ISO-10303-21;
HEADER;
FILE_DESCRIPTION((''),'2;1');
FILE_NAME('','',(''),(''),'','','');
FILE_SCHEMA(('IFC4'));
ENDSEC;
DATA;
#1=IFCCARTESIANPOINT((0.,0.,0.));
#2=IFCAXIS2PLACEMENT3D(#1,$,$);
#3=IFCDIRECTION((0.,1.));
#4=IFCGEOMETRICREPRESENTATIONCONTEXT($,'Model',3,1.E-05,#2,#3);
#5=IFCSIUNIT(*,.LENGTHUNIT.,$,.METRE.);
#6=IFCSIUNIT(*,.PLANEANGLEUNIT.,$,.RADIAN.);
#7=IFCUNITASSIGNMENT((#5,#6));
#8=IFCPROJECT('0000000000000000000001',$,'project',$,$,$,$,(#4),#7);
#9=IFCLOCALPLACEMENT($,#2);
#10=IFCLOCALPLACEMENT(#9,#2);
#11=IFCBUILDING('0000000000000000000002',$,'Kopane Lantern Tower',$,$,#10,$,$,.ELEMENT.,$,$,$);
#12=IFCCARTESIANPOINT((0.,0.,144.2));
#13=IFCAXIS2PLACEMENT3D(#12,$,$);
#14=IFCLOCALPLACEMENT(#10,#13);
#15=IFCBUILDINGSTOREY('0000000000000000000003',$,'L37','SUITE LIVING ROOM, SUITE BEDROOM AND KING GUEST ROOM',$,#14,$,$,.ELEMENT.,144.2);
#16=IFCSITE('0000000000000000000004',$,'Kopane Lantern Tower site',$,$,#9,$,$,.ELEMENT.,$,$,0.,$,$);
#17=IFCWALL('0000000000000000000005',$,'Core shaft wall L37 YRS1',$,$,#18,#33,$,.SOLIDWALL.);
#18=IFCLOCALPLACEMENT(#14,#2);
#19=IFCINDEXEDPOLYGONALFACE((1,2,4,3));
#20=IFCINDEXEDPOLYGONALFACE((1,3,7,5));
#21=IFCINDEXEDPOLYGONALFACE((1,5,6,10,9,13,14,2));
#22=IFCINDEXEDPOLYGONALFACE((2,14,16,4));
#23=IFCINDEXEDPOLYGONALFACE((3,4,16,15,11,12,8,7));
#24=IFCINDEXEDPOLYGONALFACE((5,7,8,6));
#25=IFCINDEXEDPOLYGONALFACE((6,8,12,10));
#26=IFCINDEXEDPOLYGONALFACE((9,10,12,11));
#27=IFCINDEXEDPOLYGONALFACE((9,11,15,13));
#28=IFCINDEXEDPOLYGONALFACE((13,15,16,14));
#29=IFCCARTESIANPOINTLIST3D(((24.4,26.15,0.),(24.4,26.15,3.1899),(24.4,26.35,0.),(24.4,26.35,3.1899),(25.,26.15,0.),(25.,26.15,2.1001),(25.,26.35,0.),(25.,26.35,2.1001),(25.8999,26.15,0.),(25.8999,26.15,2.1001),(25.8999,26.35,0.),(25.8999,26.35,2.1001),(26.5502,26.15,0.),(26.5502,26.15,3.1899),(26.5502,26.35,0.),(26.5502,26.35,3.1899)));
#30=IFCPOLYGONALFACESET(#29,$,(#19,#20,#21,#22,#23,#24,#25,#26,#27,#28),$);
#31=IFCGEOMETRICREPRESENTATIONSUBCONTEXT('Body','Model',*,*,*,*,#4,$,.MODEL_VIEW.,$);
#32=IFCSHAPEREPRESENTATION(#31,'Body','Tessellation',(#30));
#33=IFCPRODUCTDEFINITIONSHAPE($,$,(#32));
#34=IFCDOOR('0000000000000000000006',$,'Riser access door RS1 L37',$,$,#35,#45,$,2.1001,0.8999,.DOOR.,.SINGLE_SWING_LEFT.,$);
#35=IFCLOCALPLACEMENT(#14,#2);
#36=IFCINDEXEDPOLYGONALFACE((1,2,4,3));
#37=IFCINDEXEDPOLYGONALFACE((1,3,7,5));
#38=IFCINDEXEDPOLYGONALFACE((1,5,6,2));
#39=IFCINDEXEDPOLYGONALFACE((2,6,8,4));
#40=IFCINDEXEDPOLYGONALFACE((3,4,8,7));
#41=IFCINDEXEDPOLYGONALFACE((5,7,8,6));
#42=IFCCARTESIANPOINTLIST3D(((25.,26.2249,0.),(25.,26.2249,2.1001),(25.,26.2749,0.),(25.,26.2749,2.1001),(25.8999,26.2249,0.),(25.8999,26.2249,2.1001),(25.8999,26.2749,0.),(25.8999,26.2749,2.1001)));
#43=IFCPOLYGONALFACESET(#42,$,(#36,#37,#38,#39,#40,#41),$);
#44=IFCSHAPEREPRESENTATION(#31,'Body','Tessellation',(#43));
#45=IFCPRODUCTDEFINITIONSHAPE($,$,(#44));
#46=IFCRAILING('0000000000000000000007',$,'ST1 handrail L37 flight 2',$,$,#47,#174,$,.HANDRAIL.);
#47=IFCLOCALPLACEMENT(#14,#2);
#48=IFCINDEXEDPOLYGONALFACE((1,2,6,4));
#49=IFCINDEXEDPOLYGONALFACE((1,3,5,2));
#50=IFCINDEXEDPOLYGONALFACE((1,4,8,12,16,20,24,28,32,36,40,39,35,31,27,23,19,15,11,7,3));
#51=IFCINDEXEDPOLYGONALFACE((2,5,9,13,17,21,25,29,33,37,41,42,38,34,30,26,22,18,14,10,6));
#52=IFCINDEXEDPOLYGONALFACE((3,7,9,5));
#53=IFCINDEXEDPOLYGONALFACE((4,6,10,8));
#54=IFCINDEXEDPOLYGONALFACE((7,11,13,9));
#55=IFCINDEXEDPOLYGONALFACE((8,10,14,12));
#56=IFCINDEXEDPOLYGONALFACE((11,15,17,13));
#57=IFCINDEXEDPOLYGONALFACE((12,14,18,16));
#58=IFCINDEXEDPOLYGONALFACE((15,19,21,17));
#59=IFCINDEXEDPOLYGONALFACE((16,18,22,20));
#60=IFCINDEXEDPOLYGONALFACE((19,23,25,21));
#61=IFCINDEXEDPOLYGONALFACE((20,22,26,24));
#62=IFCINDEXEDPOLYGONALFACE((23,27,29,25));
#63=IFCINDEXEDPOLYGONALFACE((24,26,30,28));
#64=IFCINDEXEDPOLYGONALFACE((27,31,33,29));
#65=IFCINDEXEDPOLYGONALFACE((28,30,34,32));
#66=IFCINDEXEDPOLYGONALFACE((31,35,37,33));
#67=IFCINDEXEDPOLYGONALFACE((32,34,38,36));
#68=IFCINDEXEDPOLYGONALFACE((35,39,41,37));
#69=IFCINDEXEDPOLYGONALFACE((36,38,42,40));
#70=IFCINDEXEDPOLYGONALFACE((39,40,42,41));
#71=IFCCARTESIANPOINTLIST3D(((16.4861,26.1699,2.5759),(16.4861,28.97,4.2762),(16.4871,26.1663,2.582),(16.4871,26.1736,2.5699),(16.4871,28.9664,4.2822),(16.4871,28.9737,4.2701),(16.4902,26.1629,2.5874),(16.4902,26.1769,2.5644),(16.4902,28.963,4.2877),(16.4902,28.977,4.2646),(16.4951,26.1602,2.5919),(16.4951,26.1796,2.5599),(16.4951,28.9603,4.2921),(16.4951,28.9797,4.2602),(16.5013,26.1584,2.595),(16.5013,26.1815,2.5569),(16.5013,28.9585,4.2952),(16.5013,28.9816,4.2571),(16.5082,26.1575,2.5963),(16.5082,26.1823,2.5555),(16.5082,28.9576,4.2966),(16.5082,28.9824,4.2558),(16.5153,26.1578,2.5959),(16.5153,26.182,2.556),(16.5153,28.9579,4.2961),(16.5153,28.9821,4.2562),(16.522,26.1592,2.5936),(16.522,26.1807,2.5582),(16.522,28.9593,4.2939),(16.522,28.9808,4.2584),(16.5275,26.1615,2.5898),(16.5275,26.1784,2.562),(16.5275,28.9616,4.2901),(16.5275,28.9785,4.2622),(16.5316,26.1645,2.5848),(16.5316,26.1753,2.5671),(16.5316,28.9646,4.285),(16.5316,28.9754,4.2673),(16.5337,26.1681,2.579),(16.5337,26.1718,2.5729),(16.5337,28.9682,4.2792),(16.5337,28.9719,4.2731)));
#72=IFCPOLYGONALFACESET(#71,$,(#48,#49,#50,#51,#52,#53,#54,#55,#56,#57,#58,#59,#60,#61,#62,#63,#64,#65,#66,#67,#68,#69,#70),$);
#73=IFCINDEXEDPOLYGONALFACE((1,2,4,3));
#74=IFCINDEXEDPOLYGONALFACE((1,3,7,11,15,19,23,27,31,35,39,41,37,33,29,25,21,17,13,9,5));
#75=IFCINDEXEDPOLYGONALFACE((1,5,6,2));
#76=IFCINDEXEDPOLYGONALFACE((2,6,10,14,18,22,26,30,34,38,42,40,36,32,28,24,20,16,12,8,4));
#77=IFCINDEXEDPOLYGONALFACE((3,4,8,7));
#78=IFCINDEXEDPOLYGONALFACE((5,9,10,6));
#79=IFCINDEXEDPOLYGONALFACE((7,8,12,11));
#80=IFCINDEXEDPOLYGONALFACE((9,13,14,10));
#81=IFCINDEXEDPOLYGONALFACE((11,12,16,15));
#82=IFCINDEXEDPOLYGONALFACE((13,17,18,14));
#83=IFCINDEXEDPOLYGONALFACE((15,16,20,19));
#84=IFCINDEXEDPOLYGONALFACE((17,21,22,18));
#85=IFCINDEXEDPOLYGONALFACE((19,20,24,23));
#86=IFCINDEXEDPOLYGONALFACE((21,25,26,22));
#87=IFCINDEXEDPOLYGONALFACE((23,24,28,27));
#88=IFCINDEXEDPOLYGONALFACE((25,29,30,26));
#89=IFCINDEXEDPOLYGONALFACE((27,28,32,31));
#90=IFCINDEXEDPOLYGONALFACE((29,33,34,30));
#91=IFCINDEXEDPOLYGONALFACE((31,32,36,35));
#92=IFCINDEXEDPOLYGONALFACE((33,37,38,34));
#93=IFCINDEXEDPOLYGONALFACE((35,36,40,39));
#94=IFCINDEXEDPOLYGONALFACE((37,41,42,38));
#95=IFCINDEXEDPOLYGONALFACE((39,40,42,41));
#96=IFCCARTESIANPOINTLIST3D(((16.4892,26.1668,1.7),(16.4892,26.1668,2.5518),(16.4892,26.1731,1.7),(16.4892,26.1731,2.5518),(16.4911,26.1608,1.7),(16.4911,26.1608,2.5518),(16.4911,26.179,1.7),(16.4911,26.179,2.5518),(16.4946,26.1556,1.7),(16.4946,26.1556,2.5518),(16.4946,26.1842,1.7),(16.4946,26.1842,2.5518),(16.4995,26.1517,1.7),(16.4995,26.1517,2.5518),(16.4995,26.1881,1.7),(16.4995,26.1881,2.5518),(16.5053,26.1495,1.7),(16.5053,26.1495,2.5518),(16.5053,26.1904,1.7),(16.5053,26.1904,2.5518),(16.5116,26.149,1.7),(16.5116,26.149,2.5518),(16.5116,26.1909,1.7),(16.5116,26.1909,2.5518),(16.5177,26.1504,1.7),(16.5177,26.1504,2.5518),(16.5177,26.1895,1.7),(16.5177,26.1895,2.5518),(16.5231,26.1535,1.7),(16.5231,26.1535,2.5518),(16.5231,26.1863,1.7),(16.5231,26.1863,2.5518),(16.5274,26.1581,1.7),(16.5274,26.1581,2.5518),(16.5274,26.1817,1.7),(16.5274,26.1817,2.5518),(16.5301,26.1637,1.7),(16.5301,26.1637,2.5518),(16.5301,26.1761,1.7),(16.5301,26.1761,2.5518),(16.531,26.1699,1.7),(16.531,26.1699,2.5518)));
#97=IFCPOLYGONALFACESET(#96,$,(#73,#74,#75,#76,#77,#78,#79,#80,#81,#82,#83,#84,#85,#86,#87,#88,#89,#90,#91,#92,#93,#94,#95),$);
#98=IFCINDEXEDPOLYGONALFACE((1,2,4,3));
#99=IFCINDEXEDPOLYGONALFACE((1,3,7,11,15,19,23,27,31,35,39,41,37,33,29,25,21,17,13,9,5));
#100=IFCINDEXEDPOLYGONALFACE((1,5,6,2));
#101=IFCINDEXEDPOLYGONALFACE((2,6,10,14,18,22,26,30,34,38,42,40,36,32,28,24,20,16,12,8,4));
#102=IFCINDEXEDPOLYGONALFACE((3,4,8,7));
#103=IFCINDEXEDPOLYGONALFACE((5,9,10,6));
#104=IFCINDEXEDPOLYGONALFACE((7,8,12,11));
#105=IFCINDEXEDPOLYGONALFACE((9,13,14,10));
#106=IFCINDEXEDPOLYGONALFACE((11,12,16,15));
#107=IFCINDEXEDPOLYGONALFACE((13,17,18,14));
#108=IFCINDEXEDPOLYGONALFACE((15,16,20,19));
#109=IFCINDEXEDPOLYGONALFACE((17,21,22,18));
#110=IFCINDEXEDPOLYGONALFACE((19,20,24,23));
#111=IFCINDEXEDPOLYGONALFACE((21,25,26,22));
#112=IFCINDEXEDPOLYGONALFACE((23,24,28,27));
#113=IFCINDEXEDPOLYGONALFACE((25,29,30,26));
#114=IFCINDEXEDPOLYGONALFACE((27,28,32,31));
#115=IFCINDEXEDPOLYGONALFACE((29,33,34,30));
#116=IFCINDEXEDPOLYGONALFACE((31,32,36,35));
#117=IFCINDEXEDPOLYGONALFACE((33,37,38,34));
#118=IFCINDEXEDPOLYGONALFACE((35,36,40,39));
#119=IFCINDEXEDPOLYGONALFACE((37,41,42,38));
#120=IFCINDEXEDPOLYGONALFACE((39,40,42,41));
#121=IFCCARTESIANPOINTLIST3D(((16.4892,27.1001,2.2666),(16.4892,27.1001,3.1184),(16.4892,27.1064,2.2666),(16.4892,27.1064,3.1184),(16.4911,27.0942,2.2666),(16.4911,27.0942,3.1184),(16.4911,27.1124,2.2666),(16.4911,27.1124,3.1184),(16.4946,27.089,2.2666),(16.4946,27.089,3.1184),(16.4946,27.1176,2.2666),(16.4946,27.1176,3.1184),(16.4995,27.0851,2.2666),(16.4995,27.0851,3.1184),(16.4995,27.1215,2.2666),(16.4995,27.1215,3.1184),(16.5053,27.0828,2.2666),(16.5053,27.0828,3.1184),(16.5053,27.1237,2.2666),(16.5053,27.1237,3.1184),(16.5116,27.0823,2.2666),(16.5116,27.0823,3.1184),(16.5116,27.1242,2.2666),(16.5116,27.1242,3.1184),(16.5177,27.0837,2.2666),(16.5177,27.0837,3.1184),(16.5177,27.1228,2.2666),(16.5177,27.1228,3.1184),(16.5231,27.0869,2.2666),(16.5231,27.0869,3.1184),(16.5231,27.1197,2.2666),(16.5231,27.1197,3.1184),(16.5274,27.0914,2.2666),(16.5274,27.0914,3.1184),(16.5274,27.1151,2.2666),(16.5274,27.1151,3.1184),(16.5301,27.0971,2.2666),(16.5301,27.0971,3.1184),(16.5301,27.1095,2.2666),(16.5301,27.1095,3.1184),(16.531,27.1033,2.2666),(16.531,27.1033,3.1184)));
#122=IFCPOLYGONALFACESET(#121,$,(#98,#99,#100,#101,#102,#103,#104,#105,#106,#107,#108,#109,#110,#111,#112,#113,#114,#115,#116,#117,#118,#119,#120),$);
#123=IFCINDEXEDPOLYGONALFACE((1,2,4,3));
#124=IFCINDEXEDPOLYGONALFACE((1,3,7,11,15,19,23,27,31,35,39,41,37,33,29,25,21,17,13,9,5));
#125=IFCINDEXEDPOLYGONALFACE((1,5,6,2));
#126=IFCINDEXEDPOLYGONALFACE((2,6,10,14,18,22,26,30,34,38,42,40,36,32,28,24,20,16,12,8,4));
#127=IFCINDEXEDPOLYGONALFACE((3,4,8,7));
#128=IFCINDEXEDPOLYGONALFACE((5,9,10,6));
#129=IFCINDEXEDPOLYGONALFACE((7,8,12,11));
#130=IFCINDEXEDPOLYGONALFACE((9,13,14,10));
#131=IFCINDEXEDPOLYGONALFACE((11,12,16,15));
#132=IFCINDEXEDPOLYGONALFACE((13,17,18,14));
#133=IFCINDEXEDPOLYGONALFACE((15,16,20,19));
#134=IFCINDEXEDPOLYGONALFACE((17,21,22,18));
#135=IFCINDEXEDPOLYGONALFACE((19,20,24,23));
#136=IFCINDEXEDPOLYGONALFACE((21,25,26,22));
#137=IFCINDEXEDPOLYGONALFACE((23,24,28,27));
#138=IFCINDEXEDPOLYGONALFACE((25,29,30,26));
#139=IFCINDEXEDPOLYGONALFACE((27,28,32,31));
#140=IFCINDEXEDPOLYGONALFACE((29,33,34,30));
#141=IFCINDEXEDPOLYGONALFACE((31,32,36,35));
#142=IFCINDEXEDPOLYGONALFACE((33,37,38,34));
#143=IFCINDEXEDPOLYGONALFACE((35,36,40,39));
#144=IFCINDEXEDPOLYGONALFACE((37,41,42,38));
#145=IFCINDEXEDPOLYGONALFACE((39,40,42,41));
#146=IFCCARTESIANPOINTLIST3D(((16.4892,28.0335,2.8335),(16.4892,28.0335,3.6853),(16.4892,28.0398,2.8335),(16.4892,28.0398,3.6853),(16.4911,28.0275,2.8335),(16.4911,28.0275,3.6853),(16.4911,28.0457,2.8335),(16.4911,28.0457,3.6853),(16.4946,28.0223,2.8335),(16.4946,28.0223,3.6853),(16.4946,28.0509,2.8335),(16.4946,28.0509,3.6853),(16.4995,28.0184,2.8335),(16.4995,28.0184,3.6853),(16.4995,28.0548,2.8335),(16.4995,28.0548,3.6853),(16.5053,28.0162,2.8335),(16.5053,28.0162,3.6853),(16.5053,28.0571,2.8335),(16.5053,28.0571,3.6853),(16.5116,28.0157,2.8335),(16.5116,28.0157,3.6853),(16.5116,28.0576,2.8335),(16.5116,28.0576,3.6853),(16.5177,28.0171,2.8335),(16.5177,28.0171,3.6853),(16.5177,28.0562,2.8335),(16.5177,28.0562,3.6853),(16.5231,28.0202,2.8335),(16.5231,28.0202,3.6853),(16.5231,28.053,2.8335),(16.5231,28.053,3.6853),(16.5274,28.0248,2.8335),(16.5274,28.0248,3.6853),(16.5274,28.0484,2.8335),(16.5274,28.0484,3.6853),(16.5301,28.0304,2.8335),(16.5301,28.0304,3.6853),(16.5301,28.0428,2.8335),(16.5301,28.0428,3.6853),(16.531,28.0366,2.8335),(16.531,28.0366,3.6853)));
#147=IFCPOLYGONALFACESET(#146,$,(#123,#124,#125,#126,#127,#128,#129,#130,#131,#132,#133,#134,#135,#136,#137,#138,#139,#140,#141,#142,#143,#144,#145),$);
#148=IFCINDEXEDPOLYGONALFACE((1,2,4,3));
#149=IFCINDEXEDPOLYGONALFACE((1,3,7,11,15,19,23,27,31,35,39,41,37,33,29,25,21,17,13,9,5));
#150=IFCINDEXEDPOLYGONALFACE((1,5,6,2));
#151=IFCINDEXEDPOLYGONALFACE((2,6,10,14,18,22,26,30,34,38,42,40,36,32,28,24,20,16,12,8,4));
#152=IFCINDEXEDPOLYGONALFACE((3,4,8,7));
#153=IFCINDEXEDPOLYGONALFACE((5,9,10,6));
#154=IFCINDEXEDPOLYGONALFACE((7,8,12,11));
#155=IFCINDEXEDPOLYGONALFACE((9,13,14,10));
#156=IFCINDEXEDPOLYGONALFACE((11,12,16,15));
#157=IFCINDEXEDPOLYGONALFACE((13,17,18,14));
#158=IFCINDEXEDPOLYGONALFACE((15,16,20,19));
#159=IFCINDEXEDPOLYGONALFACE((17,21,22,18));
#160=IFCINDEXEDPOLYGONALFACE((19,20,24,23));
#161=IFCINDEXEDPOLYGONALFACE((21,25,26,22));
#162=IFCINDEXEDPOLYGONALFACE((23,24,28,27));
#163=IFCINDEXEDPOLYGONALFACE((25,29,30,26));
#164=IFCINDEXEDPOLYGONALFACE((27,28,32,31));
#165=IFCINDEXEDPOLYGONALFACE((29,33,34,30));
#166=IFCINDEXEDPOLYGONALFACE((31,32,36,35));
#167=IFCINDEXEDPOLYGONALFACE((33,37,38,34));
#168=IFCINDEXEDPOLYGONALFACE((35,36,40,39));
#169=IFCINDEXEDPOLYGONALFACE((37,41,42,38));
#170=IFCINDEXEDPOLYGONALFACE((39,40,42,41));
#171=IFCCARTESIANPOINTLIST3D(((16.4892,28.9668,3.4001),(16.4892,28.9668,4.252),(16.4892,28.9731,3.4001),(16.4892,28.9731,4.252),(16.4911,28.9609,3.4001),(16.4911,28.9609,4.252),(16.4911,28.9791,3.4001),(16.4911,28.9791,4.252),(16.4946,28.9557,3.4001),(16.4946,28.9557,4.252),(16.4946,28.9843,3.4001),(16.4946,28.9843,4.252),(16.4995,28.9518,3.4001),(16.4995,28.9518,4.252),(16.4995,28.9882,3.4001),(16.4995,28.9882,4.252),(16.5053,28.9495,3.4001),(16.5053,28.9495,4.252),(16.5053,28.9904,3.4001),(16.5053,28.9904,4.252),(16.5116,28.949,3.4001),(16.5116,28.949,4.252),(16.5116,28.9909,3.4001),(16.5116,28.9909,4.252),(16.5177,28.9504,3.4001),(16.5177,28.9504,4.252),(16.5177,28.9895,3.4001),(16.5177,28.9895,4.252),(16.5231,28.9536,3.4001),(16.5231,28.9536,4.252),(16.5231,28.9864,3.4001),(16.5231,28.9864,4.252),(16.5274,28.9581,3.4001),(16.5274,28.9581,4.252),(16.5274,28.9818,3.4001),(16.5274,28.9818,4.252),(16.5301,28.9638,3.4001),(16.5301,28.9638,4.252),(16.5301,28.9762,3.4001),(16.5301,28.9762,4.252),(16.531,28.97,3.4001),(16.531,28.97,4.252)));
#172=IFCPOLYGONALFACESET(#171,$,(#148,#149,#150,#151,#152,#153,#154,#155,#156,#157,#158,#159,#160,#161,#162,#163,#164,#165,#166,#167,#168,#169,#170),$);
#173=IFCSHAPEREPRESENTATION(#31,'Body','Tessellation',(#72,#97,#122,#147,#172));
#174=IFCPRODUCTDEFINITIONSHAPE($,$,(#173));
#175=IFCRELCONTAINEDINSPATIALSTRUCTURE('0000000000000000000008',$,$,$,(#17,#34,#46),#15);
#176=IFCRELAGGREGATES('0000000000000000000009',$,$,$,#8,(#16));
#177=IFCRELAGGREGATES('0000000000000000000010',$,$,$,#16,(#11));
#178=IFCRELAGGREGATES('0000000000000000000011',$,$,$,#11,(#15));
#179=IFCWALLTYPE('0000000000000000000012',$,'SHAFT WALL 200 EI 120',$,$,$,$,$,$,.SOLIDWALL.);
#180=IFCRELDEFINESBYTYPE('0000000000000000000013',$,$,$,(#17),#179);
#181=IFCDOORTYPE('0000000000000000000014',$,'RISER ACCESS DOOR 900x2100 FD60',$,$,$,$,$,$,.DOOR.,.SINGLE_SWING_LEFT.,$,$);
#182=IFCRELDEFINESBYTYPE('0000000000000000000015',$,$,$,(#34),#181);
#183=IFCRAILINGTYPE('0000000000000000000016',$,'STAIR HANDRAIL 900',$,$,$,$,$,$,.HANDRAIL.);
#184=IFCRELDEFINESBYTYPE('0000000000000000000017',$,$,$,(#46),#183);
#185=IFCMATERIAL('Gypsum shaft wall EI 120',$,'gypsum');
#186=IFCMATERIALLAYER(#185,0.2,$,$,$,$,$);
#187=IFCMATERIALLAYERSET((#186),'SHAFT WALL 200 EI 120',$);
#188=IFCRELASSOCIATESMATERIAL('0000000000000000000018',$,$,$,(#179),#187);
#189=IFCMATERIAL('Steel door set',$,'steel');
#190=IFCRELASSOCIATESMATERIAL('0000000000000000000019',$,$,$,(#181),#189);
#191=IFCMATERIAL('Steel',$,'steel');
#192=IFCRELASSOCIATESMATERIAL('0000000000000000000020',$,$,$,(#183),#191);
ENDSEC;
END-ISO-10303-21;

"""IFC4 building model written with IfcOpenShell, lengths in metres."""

from ifc_helpers import new_model, si_unit, direction, frame, frame_2d, origin, origin_2d, place, context, subcontext, project, spatial, rectangle, circle, extrude, material, layer, layer_set, type_object, element, fill, save


model = new_model("IFC4")

# Units and contexts
model_context = context("Model", 3, precision=1e-05, world=origin(), true_north=direction((0.0, 1.0)))
body_context = subcontext(model_context, "Body", "Model", "MODEL_VIEW")
ifc_project = project(units=[si_unit("LENGTHUNIT", "METRE"), si_unit("PLANEANGLEUNIT", "RADIAN")], contexts=[model_context])

# Site, building, storey
site_placement = place(None, origin())
site = spatial("IfcSite", under=ifc_project, at=site_placement, Name="Kopane Lantern Tower site", CompositionType="ELEMENT", RefElevation=0.0)
building_placement = place(site_placement, origin())
building = spatial("IfcBuilding", under=site, at=building_placement, Name="Kopane Lantern Tower", CompositionType="ELEMENT")
storey_placement = place(building_placement, frame((0.0, 0.0, 144.2)))
storey = spatial("IfcBuildingStorey", under=building, at=storey_placement, Name="L37", Description="SUITE LIVING ROOM, SUITE BEDROOM AND KING GUEST ROOM", CompositionType="ELEMENT", Elevation=144.2)

# Shared definitions
ifc_material_1 = material(Name="Gypsum shaft wall EI 120", Category="gypsum")
ifc_layer_1 = layer(ifc_material_1, 0.2)
ifc_layer_set_1 = layer_set([ifc_layer_1], Name="SHAFT WALL 200 EI 120")
wall_type_1 = type_object("IfcWallType", Name="SHAFT WALL 200 EI 120", PredefinedType="SOLIDWALL", material=ifc_layer_set_1)

# Wall, opening, door
wall_1_placement = place(storey_placement, frame((24.3999, 26.25, 0.0), z_axis=(0.0, 0.0, 1.0), x_axis=(1.0, 0.0, 0.0)))
wall_1 = element("IfcWall", 1, at=wall_1_placement, inside=storey, type_object=wall_type_1, Name="Core shaft wall L37 YRS1", PredefinedType="SOLIDWALL", context=body_context, shape_type="SweptSolid", body=[
    extrude(rectangle(XDim=2.1501, YDim=0.2, at=frame_2d((1.0752, 0.0))), origin(), (0.0, 0.0, 1.0), 3.1899),
])
opening_1_placement = place(wall_1_placement, frame((0.6001, 0.0, 0.0)))
opening_1 = element("IfcOpeningElement", 2, at=opening_1_placement, cuts=wall_1, PredefinedType="OPENING", context=body_context, shape_type="SweptSolid", body=[
    extrude(rectangle(XDim=0.8999, YDim=2.1001, at=frame_2d((0.45, 1.05))), frame((0.0, 0.1099, 0.0), z_axis=(0.0, -1.0, 0.0), x_axis=(1.0, 0.0, 0.0)), (0.0, 0.0, 1.0), 0.22),
])
ifc_material_2 = material(Name="Steel door set", Category="steel")
door_type_1 = type_object("IfcDoorType", Name="RISER ACCESS DOOR 900x2100 FD60", OperationType="SINGLE_SWING_LEFT", PredefinedType="DOOR", material=ifc_material_2)
door_1_placement = place(opening_1_placement, origin())
door_1 = element("IfcDoor", 3, at=door_1_placement, inside=storey, type_object=door_type_1, Name="Riser access door RS1 L37", OperationType="SINGLE_SWING_LEFT", OverallHeight=2.1001, OverallWidth=0.8999, PredefinedType="DOOR", context=body_context, shape_type="SweptSolid", body=[
    extrude(rectangle(XDim=0.8999, YDim=2.1001, at=frame_2d((0.45, 1.05))), frame((0.0, 0.0249, 0.0), z_axis=(0.0, -1.0, 0.0), x_axis=(1.0, 0.0, 0.0)), (0.0, 0.0, 1.0), 0.05),
])
fill(opening_1, door_1)

# Railing
ifc_material_3 = material(Name="Steel", Category="steel")
railing_type = type_object("IfcRailingType", Name="STAIR HANDRAIL 900", PredefinedType="HANDRAIL", material=ifc_material_3)
for number, where, name in (
    (4, (16.51, 26.1699, 1.7), "ST1 handrail L37 flight 2"),
):
    element("IfcRailing", number, at=place(storey_placement, frame(where)), inside=storey, type_object=railing_type, Name=name, PredefinedType="HANDRAIL", context=body_context, shape_type="SweptSolid", body=[
        extrude(circle(Radius=0.0239, at=origin_2d()), frame((0.0, 0.0, 0.876), z_axis=(0.0, 0.854765, 0.519015), x_axis=(-1.0, 0.0, 0.0)), (0.0, 0.0, 1.0), 3.2759),
        extrude(circle(Radius=0.021, at=origin_2d()), origin(), (0.0, 0.0, 1.0), 0.8518),
        extrude(circle(Radius=0.021, at=origin_2d()), frame((0.0, 0.9333, 0.5667)), (0.0, 0.0, 1.0), 0.8518),
        extrude(circle(Radius=0.021, at=origin_2d()), frame((0.0, 1.8667, 1.1335)), (0.0, 0.0, 1.0), 0.8518),
        extrude(circle(Radius=0.021, at=origin_2d()), frame((0.0, 2.8, 1.7002)), (0.0, 0.0, 1.0), 0.8518),
    ])

save(model, "model.ifc")
